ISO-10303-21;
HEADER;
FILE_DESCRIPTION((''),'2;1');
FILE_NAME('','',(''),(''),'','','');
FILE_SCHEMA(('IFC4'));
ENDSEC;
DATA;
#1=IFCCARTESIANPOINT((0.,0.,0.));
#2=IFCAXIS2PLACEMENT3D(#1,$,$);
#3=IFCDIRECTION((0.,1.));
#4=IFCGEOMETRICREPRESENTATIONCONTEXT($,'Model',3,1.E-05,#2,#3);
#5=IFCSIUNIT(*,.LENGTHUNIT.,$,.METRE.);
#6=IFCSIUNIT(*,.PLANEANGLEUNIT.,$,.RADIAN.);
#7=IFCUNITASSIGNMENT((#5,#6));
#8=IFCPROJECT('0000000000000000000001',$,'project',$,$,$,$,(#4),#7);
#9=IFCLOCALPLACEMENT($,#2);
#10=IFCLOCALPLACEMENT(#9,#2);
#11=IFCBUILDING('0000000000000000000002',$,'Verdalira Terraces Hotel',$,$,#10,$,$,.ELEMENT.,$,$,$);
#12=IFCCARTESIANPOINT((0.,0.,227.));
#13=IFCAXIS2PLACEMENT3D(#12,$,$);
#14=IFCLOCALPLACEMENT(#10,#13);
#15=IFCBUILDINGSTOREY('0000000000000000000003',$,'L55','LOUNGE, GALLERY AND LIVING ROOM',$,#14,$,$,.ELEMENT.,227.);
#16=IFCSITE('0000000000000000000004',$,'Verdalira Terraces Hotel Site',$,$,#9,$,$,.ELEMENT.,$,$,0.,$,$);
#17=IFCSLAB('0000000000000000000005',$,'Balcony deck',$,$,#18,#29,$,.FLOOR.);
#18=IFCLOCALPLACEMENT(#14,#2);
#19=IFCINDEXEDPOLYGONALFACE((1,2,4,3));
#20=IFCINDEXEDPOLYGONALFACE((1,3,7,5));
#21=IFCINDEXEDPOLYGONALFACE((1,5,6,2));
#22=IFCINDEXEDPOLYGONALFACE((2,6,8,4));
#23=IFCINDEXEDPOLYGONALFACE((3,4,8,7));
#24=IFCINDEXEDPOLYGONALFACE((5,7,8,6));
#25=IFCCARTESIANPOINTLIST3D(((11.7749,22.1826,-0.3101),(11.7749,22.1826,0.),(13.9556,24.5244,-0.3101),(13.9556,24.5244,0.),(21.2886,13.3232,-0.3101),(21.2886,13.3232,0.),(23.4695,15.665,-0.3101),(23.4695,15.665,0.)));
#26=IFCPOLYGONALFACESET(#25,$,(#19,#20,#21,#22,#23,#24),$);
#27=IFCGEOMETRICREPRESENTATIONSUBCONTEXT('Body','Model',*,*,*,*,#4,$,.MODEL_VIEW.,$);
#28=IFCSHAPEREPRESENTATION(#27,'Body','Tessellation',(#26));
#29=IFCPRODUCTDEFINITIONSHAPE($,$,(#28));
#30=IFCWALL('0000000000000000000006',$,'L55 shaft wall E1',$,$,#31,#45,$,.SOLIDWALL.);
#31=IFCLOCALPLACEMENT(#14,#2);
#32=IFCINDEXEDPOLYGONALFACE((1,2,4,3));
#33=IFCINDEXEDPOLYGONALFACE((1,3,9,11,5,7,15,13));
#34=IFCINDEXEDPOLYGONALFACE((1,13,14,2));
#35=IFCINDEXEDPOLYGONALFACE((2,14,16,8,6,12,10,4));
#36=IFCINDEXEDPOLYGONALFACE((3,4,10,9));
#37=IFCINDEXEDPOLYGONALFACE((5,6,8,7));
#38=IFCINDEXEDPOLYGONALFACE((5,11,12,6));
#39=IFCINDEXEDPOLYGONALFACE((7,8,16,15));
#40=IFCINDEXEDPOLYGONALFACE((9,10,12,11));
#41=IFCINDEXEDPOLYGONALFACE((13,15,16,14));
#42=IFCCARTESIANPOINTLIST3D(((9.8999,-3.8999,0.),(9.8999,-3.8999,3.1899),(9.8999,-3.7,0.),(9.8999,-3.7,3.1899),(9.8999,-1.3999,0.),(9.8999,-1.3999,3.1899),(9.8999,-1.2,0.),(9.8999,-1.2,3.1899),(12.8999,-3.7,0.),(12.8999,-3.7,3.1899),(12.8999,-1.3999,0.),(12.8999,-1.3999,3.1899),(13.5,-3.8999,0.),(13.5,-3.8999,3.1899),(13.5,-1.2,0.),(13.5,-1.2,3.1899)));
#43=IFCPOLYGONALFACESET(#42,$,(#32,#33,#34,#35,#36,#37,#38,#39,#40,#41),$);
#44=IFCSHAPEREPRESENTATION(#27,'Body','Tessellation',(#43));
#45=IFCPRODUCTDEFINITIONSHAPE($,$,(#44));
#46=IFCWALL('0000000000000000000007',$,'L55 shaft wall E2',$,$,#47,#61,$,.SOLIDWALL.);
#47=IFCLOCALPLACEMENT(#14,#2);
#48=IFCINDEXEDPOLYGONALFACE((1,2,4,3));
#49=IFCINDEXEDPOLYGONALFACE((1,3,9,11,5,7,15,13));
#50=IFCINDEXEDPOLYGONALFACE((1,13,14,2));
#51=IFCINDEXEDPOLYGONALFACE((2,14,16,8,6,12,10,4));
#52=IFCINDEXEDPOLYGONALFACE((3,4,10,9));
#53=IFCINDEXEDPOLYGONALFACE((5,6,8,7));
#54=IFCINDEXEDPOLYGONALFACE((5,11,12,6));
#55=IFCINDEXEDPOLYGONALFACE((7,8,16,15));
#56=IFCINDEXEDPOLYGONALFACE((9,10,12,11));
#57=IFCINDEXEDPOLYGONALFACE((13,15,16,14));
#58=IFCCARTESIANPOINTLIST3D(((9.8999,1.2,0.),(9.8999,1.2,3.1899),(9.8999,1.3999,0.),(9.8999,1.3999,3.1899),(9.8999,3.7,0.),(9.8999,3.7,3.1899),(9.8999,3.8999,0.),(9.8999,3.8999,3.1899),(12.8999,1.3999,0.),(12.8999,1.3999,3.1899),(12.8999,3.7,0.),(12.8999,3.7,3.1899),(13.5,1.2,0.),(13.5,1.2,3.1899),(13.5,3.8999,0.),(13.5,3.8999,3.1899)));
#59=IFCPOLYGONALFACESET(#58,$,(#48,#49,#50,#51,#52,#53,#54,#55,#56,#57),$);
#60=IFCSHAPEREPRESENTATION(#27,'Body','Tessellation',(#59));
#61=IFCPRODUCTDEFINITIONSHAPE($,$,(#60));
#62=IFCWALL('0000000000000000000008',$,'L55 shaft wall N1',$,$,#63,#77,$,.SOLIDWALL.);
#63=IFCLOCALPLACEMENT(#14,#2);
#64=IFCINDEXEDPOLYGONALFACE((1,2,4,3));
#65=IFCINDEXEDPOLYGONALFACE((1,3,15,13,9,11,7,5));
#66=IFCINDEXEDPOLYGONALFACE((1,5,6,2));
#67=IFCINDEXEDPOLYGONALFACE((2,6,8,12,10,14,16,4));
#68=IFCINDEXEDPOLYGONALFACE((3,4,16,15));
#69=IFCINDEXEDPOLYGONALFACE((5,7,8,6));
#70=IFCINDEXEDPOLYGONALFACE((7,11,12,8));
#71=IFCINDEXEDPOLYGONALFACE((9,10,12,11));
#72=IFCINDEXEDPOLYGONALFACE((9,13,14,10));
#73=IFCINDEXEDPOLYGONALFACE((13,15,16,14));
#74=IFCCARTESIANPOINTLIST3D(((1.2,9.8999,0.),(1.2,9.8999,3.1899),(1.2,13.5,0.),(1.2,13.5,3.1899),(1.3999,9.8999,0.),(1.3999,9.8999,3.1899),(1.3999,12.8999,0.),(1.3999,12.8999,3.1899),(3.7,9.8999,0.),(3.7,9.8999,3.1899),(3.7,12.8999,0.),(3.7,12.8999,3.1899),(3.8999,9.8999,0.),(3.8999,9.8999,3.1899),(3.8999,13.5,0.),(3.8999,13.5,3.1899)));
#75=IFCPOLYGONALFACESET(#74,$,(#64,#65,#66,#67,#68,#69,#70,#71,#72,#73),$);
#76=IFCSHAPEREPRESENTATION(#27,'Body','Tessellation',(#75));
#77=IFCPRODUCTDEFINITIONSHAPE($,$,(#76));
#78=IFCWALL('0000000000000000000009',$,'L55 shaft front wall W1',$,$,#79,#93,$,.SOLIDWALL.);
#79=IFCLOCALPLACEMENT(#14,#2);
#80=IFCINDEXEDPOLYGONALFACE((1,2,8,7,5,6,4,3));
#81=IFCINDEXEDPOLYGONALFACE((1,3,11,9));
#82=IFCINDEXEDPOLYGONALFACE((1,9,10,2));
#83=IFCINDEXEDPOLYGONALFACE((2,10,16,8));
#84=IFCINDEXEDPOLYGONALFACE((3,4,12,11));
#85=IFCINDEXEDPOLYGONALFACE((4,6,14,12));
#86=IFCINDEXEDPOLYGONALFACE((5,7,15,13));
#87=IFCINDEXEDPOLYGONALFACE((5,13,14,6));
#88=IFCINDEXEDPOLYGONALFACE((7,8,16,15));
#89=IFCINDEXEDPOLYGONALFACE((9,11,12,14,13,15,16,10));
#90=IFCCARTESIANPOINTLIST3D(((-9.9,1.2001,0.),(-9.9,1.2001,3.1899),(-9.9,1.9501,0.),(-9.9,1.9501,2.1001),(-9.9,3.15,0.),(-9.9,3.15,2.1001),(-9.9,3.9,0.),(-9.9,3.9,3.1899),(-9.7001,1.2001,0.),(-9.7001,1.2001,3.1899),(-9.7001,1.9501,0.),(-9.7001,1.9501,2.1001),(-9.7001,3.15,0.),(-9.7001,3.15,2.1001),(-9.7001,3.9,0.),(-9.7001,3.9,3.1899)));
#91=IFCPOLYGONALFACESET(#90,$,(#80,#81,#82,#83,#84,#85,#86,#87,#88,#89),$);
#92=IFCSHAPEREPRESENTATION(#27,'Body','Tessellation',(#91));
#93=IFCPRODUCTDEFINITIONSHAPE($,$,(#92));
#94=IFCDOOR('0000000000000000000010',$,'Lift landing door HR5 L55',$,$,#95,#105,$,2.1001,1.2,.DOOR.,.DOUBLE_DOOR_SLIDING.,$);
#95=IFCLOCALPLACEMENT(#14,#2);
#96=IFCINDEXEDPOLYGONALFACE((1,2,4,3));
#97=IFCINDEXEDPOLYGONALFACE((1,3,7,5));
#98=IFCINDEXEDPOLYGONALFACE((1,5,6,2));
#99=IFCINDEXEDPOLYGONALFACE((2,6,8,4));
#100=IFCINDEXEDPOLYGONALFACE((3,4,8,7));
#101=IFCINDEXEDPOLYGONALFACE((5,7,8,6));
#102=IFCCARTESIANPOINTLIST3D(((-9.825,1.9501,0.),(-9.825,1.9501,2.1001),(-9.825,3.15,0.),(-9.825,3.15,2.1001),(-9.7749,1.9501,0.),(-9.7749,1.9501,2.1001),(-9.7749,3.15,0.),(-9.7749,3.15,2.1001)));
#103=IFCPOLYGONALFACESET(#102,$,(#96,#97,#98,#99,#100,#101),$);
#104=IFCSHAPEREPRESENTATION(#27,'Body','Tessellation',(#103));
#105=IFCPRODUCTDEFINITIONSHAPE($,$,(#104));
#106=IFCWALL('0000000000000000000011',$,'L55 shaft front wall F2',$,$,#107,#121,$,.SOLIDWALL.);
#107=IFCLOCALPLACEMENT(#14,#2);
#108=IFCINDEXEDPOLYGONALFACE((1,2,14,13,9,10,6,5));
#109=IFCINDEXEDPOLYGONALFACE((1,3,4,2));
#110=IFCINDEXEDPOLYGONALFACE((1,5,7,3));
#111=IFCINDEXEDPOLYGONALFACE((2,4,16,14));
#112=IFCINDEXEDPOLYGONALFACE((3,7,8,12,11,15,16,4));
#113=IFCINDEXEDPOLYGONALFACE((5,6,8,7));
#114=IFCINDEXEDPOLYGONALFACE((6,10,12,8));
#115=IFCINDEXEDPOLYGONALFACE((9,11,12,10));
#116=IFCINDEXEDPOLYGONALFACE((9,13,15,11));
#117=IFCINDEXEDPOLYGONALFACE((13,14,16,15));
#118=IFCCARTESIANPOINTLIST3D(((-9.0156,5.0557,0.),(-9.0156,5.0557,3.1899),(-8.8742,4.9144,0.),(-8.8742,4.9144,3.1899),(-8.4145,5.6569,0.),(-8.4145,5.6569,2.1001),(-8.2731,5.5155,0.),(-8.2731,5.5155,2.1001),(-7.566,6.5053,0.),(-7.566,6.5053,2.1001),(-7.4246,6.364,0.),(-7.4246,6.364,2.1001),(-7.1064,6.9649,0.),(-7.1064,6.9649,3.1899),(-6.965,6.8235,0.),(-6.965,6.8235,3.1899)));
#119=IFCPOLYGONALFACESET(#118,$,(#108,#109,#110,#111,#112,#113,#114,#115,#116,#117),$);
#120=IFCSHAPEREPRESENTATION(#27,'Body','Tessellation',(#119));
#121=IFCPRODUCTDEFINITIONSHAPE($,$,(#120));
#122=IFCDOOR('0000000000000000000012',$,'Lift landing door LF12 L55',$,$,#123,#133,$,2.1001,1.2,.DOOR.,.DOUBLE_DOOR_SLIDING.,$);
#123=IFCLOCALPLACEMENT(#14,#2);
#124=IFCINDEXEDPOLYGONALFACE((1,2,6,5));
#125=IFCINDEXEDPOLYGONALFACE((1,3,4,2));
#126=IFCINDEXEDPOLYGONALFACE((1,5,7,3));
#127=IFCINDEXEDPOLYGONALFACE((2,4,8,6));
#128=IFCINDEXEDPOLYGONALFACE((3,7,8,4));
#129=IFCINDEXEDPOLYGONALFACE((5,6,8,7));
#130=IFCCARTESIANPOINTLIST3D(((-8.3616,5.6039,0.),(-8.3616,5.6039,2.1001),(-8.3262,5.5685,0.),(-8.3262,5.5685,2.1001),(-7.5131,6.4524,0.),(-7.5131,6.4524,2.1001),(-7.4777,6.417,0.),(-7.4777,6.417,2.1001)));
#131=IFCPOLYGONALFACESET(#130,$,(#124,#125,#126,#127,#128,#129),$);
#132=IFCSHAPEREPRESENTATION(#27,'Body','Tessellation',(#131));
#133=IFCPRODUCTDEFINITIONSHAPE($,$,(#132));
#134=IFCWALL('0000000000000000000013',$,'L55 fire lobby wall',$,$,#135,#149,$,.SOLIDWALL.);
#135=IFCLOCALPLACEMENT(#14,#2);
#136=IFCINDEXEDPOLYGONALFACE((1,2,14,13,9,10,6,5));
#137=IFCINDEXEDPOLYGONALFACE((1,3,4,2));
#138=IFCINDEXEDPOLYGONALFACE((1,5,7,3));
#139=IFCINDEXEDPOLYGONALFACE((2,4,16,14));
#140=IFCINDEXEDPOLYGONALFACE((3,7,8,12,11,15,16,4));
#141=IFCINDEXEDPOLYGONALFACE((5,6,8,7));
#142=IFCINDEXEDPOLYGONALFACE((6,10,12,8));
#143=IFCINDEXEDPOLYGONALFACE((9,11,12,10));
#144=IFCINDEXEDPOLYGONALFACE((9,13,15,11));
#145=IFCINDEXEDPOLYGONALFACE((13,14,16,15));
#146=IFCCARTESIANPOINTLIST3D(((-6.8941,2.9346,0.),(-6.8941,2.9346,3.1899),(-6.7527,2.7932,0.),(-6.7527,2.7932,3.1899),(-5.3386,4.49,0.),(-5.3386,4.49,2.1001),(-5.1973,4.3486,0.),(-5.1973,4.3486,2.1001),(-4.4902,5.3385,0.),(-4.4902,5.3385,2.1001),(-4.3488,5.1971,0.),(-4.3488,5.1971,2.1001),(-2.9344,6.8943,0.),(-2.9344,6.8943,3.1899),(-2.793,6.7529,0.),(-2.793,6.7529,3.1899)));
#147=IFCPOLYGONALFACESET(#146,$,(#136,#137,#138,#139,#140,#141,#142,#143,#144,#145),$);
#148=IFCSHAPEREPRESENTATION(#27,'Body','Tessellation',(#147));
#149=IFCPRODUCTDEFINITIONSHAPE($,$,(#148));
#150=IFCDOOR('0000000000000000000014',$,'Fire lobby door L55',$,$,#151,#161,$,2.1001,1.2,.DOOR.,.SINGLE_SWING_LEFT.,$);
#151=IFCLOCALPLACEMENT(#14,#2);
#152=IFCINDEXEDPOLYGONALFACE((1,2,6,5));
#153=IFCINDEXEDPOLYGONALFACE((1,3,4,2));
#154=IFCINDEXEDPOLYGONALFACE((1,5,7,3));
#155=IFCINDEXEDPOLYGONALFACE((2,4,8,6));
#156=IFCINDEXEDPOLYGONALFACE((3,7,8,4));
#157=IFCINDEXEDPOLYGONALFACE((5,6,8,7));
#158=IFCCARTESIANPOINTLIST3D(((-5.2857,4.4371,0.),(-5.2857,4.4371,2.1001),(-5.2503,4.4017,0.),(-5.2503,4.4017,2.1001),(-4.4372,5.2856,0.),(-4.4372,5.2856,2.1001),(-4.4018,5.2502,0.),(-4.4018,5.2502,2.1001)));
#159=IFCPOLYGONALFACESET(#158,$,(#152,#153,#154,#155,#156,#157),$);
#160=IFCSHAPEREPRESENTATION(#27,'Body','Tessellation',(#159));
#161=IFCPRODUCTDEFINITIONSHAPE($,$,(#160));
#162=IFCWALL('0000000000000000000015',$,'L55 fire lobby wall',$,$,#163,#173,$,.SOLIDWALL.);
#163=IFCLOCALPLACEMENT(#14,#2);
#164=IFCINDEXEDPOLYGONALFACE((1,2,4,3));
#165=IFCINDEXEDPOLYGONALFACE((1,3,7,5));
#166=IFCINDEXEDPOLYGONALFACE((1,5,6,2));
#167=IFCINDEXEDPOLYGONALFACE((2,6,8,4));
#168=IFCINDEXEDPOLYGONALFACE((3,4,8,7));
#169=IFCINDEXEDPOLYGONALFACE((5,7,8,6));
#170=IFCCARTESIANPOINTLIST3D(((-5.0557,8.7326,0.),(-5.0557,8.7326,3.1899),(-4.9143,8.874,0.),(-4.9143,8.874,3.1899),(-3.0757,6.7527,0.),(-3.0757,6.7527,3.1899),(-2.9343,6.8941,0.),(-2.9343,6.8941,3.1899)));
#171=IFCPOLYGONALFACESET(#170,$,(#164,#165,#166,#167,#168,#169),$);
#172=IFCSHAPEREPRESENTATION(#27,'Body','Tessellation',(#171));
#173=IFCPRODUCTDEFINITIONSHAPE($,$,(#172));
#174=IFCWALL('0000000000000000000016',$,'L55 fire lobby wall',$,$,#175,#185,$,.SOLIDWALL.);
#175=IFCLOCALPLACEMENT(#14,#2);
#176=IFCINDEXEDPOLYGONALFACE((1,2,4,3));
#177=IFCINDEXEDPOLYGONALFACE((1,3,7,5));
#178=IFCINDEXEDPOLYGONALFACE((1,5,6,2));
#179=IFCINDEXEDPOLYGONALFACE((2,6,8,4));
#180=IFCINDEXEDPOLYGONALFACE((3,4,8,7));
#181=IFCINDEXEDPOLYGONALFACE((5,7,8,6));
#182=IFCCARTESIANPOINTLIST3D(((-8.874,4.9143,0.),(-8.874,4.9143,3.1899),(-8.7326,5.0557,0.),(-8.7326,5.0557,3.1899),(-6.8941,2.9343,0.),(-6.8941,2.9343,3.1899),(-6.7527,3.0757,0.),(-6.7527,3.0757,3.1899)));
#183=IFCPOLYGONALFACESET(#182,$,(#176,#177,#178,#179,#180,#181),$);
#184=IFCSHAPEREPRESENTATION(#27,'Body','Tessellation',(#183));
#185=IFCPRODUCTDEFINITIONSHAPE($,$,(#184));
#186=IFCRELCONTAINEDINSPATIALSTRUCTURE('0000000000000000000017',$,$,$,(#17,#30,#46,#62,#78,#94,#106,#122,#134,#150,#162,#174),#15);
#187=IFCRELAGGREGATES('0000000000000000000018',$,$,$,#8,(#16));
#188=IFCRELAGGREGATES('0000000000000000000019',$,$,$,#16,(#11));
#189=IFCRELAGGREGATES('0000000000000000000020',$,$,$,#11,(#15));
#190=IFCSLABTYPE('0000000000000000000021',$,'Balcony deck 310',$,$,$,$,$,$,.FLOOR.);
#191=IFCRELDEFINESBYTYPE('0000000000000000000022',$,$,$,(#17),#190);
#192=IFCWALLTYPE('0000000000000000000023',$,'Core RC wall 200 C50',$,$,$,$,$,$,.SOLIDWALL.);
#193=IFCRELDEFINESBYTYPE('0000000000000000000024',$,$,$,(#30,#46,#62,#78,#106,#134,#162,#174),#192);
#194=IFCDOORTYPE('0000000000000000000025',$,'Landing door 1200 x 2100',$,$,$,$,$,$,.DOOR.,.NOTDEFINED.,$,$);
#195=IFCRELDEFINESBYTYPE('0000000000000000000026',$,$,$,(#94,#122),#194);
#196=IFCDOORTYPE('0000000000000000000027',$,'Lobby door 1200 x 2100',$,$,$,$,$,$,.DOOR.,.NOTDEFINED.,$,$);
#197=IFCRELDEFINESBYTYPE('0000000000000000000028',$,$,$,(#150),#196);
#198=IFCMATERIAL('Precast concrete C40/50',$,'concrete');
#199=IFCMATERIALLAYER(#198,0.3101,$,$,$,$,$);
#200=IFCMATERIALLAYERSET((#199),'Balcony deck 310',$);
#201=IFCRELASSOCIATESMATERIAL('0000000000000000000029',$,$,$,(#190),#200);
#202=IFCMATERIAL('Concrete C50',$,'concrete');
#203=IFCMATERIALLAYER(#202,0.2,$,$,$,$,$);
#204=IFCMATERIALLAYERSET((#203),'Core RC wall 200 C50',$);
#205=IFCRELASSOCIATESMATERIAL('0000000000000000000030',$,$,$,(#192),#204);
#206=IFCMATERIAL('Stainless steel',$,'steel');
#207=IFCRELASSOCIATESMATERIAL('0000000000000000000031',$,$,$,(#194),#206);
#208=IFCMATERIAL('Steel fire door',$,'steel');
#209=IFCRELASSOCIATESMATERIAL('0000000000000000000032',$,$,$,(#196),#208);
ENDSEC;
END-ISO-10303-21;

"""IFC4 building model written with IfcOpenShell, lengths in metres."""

from ifc_helpers import new_model, si_unit, direction, frame, frame_2d, origin, place, context, subcontext, project, spatial, polyline, rectangle, outline, extrude, material, layer, layer_set, type_object, element, fill, save


model = new_model("IFC4")

# Units and contexts
model_context = context("Model", 3, precision=1e-05, world=origin(), true_north=direction((0.0, 1.0)))
body_context = subcontext(model_context, "Body", "Model", "MODEL_VIEW")
ifc_project = project(units=[si_unit("LENGTHUNIT", "METRE"), si_unit("PLANEANGLEUNIT", "RADIAN")], contexts=[model_context])

# Site, building, storey
site_placement = place(None, origin())
site = spatial("IfcSite", under=ifc_project, at=site_placement, Name="Verdalira Terraces Hotel Site", CompositionType="ELEMENT", RefElevation=0.0)
building_placement = place(site_placement, origin())
building = spatial("IfcBuilding", under=site, at=building_placement, Name="Verdalira Terraces Hotel", CompositionType="ELEMENT")
storey_placement = place(building_placement, frame((0.0, 0.0, 227.0)))
storey = spatial("IfcBuildingStorey", under=building, at=storey_placement, Name="L55", Description="LOUNGE, GALLERY AND LIVING ROOM", CompositionType="ELEMENT", Elevation=227.0)

# Slab
ifc_material_1 = material(Name="Precast concrete C40/50", Category="concrete")
ifc_layer_1 = layer(ifc_material_1, 0.3101)
ifc_layer_set_1 = layer_set([ifc_layer_1], Name="Balcony deck 310")
slab_type = type_object("IfcSlabType", Name="Balcony deck 310", PredefinedType="FLOOR", material=ifc_layer_set_1)
slab_placement = place(storey_placement, frame((0.0, 0.0, -0.3101)))
element("IfcSlab", 1, at=slab_placement, inside=storey, type_object=slab_type, Name="Balcony deck", PredefinedType="FLOOR", context=body_context, shape_type="SweptSolid", body=[
    extrude(outline(polyline([(13.9556, 24.5244), (11.7749, 22.1826), (21.2886, 13.3232), (23.4695, 15.665), (13.9556, 24.5244)])), origin(), (0.0, 0.0, 1.0), 0.3101),
])

# Walls
ifc_material_2 = material(Name="Concrete C50", Category="concrete")
ifc_layer_2 = layer(ifc_material_2, 0.2)
ifc_layer_set_2 = layer_set([ifc_layer_2], Name="Core RC wall 200 C50")
wall_type_1 = type_object("IfcWallType", Name="Core RC wall 200 C50", PredefinedType="SOLIDWALL", material=ifc_layer_set_2)
wall_1_placement = place(storey_placement, origin())
element("IfcWall", 2, at=wall_1_placement, inside=storey, type_object=wall_type_1, Name="L55 shaft wall E1", PredefinedType="SOLIDWALL", context=body_context, shape_type="SweptSolid", body=[
    extrude(outline(polyline([(13.5, -3.8999), (9.8999, -3.8999), (9.8999, -3.7), (12.8999, -3.7), (12.8999, -1.3999), (9.8999, -1.3999), (9.8999, -1.2), (13.5, -1.2), (13.5, -3.8999)])), origin(), (0.0, 0.0, 1.0), 3.1899),
])
wall_2_placement = place(storey_placement, origin())
element("IfcWall", 3, at=wall_2_placement, inside=storey, type_object=wall_type_1, Name="L55 shaft wall E2", PredefinedType="SOLIDWALL", context=body_context, shape_type="SweptSolid", body=[
    extrude(outline(polyline([(13.5, 3.8999), (13.5, 1.2), (9.8999, 1.2), (9.8999, 1.3999), (12.8999, 1.3999), (12.8999, 3.7), (9.8999, 3.7), (9.8999, 3.8999), (13.5, 3.8999)])), origin(), (0.0, 0.0, 1.0), 3.1899),
])
wall_3_placement = place(storey_placement, origin())
element("IfcWall", 4, at=wall_3_placement, inside=storey, type_object=wall_type_1, Name="L55 shaft wall N1", PredefinedType="SOLIDWALL", context=body_context, shape_type="SweptSolid", body=[
    extrude(outline(polyline([(3.8999, 9.8999), (3.7, 9.8999), (3.7, 12.8999), (1.3999, 12.8999), (1.3999, 9.8999), (1.2, 9.8999), (1.2, 13.5), (3.8999, 13.5), (3.8999, 9.8999)])), origin(), (0.0, 0.0, 1.0), 3.1899),
])

# Walls, openings, doors
wall_4_placement = place(storey_placement, frame((-9.8, 1.2, 0.0), z_axis=(0.0, 0.0, 1.0), x_axis=(0.0, 1.0, 0.0)))
wall_4 = element("IfcWall", 5, at=wall_4_placement, inside=storey, type_object=wall_type_1, Name="L55 shaft front wall W1", PredefinedType="SOLIDWALL", context=body_context, shape_type="SweptSolid", body=[
    extrude(rectangle(XDim=2.7, YDim=0.2, at=frame_2d((1.3501, 0.0))), origin(), (0.0, 0.0, 1.0), 3.1899),
])
opening_1_placement = place(wall_4_placement, frame((0.75, 0.0, 0.0)))
opening_1 = element("IfcOpeningElement", 6, at=opening_1_placement, cuts=wall_4, PredefinedType="OPENING", context=body_context, shape_type="SweptSolid", body=[
    extrude(rectangle(XDim=1.2, YDim=2.1001, at=frame_2d((0.6001, 1.05))), frame((0.0, 0.1099, 0.0), z_axis=(0.0, -1.0, 0.0), x_axis=(1.0, 0.0, 0.0)), (0.0, 0.0, 1.0), 0.22),
])
ifc_material_3 = material(Name="Stainless steel", Category="steel")
door_type_1 = type_object("IfcDoorType", Name="Landing door 1200 x 2100", OperationType="NOTDEFINED", PredefinedType="DOOR", material=ifc_material_3)
door_1_placement = place(opening_1_placement, origin())
door_1 = element("IfcDoor", 7, at=door_1_placement, inside=storey, type_object=door_type_1, Name="Lift landing door HR5 L55", OperationType="DOUBLE_DOOR_SLIDING", OverallHeight=2.1001, OverallWidth=1.2, PredefinedType="DOOR", context=body_context, shape_type="SweptSolid", body=[
    extrude(rectangle(XDim=1.2, YDim=2.1001, at=frame_2d((0.6001, 1.05))), frame((0.0, 0.0249, 0.0), z_axis=(0.0, -1.0, 0.0), x_axis=(1.0, 0.0, 0.0)), (0.0, 0.0, 1.0), 0.05),
])
fill(opening_1, door_1)
wall_5_placement = place(storey_placement, frame((-7.0356, 6.8943, 0.0), z_axis=(0.0, 0.0, 1.0), x_axis=(-0.707107, -0.707107, 0.0)))
wall_5 = element("IfcWall", 8, at=wall_5_placement, inside=storey, type_object=wall_type_1, Name="L55 shaft front wall F2", PredefinedType="SOLIDWALL", context=body_context, shape_type="SweptSolid", body=[
    extrude(rectangle(XDim=2.7, YDim=0.2, at=frame_2d((1.3501, 0.0))), origin(), (0.0, 0.0, 1.0), 3.1899),
])
opening_2_placement = place(wall_5_placement, frame((0.6499, 0.0, 0.0)))
opening_2 = element("IfcOpeningElement", 9, at=opening_2_placement, cuts=wall_5, PredefinedType="OPENING", context=body_context, shape_type="SweptSolid", body=[
    extrude(rectangle(XDim=1.2, YDim=2.1001, at=frame_2d((0.6001, 1.05))), frame((0.0, 0.1099, 0.0), z_axis=(0.0, -1.0, 0.0), x_axis=(1.0, 0.0, 0.0)), (0.0, 0.0, 1.0), 0.22),
])
door_2_placement = place(opening_2_placement, origin())
door_2 = element("IfcDoor", 10, at=door_2_placement, inside=storey, type_object=door_type_1, Name="Lift landing door LF12 L55", OperationType="DOUBLE_DOOR_SLIDING", OverallHeight=2.1001, OverallWidth=1.2, PredefinedType="DOOR", context=body_context, shape_type="SweptSolid", body=[
    extrude(rectangle(XDim=1.2, YDim=2.1001, at=frame_2d((0.6001, 1.05))), frame((0.0, 0.0249, 0.0), z_axis=(0.0, -1.0, 0.0), x_axis=(1.0, 0.0, 0.0)), (0.0, 0.0, 1.0), 0.05),
])
fill(opening_2, door_2)
wall_6_placement = place(storey_placement, frame((-2.8638, 6.8235, 0.0), z_axis=(0.0, 0.0, 1.0), x_axis=(-0.707107, -0.707107, 0.0)))
wall_6 = element("IfcWall", 11, at=wall_6_placement, inside=storey, type_object=wall_type_1, Name="L55 fire lobby wall", PredefinedType="SOLIDWALL", context=body_context, shape_type="SweptSolid", body=[
    extrude(rectangle(XDim=5.5999, YDim=0.2, at=frame_2d((2.7998, 0.0))), origin(), (0.0, 0.0, 1.0), 3.1899),
])
opening_3_placement = place(wall_6_placement, frame((2.2, 0.0, 0.0)))
opening_3 = element("IfcOpeningElement", 12, at=opening_3_placement, cuts=wall_6, PredefinedType="OPENING", context=body_context, shape_type="SweptSolid", body=[
    extrude(rectangle(XDim=1.2, YDim=2.1001, at=frame_2d((0.6001, 1.05))), frame((0.0, 0.1099, 0.0), z_axis=(0.0, -1.0, 0.0), x_axis=(1.0, 0.0, 0.0)), (0.0, 0.0, 1.0), 0.22),
])
ifc_material_4 = material(Name="Steel fire door", Category="steel")
door_type_2 = type_object("IfcDoorType", Name="Lobby door 1200 x 2100", OperationType="NOTDEFINED", PredefinedType="DOOR", material=ifc_material_4)
door_3_placement = place(opening_3_placement, origin())
door_3 = element("IfcDoor", 13, at=door_3_placement, inside=storey, type_object=door_type_2, Name="Fire lobby door L55", OperationType="SINGLE_SWING_LEFT", OverallHeight=2.1001, OverallWidth=1.2, PredefinedType="DOOR", context=body_context, shape_type="SweptSolid", body=[
    extrude(rectangle(XDim=1.2, YDim=2.1001, at=frame_2d((0.6001, 1.05))), frame((0.0, 0.0249, 0.0), z_axis=(0.0, -1.0, 0.0), x_axis=(1.0, 0.0, 0.0)), (0.0, 0.0, 1.0), 0.05),
])
fill(opening_3, door_3)

# Walls
for number, where, z_axis, x_axis, name in (
    (14, (-3.0051, 6.8235, 0.0), (0.0, 0.0, 1.0), (-0.707107, 0.707107, 0.0), "L55 fire lobby wall"),
    (15, (-6.8235, 3.0051, 0.0), (0.0, 0.0, 1.0), (-0.707107, 0.707107, 0.0), "L55 fire lobby wall"),
):
    element("IfcWall", number, at=place(storey_placement, frame(where, z_axis=z_axis, x_axis=x_axis)), inside=storey, type_object=wall_type_1, Name=name, PredefinedType="SOLIDWALL", context=body_context, shape_type="SweptSolid", body=[
        extrude(rectangle(XDim=2.8, YDim=0.2, at=frame_2d((1.3999, 0.0))), origin(), (0.0, 0.0, 1.0), 3.1899),
    ])

save(model, "model.ifc")
